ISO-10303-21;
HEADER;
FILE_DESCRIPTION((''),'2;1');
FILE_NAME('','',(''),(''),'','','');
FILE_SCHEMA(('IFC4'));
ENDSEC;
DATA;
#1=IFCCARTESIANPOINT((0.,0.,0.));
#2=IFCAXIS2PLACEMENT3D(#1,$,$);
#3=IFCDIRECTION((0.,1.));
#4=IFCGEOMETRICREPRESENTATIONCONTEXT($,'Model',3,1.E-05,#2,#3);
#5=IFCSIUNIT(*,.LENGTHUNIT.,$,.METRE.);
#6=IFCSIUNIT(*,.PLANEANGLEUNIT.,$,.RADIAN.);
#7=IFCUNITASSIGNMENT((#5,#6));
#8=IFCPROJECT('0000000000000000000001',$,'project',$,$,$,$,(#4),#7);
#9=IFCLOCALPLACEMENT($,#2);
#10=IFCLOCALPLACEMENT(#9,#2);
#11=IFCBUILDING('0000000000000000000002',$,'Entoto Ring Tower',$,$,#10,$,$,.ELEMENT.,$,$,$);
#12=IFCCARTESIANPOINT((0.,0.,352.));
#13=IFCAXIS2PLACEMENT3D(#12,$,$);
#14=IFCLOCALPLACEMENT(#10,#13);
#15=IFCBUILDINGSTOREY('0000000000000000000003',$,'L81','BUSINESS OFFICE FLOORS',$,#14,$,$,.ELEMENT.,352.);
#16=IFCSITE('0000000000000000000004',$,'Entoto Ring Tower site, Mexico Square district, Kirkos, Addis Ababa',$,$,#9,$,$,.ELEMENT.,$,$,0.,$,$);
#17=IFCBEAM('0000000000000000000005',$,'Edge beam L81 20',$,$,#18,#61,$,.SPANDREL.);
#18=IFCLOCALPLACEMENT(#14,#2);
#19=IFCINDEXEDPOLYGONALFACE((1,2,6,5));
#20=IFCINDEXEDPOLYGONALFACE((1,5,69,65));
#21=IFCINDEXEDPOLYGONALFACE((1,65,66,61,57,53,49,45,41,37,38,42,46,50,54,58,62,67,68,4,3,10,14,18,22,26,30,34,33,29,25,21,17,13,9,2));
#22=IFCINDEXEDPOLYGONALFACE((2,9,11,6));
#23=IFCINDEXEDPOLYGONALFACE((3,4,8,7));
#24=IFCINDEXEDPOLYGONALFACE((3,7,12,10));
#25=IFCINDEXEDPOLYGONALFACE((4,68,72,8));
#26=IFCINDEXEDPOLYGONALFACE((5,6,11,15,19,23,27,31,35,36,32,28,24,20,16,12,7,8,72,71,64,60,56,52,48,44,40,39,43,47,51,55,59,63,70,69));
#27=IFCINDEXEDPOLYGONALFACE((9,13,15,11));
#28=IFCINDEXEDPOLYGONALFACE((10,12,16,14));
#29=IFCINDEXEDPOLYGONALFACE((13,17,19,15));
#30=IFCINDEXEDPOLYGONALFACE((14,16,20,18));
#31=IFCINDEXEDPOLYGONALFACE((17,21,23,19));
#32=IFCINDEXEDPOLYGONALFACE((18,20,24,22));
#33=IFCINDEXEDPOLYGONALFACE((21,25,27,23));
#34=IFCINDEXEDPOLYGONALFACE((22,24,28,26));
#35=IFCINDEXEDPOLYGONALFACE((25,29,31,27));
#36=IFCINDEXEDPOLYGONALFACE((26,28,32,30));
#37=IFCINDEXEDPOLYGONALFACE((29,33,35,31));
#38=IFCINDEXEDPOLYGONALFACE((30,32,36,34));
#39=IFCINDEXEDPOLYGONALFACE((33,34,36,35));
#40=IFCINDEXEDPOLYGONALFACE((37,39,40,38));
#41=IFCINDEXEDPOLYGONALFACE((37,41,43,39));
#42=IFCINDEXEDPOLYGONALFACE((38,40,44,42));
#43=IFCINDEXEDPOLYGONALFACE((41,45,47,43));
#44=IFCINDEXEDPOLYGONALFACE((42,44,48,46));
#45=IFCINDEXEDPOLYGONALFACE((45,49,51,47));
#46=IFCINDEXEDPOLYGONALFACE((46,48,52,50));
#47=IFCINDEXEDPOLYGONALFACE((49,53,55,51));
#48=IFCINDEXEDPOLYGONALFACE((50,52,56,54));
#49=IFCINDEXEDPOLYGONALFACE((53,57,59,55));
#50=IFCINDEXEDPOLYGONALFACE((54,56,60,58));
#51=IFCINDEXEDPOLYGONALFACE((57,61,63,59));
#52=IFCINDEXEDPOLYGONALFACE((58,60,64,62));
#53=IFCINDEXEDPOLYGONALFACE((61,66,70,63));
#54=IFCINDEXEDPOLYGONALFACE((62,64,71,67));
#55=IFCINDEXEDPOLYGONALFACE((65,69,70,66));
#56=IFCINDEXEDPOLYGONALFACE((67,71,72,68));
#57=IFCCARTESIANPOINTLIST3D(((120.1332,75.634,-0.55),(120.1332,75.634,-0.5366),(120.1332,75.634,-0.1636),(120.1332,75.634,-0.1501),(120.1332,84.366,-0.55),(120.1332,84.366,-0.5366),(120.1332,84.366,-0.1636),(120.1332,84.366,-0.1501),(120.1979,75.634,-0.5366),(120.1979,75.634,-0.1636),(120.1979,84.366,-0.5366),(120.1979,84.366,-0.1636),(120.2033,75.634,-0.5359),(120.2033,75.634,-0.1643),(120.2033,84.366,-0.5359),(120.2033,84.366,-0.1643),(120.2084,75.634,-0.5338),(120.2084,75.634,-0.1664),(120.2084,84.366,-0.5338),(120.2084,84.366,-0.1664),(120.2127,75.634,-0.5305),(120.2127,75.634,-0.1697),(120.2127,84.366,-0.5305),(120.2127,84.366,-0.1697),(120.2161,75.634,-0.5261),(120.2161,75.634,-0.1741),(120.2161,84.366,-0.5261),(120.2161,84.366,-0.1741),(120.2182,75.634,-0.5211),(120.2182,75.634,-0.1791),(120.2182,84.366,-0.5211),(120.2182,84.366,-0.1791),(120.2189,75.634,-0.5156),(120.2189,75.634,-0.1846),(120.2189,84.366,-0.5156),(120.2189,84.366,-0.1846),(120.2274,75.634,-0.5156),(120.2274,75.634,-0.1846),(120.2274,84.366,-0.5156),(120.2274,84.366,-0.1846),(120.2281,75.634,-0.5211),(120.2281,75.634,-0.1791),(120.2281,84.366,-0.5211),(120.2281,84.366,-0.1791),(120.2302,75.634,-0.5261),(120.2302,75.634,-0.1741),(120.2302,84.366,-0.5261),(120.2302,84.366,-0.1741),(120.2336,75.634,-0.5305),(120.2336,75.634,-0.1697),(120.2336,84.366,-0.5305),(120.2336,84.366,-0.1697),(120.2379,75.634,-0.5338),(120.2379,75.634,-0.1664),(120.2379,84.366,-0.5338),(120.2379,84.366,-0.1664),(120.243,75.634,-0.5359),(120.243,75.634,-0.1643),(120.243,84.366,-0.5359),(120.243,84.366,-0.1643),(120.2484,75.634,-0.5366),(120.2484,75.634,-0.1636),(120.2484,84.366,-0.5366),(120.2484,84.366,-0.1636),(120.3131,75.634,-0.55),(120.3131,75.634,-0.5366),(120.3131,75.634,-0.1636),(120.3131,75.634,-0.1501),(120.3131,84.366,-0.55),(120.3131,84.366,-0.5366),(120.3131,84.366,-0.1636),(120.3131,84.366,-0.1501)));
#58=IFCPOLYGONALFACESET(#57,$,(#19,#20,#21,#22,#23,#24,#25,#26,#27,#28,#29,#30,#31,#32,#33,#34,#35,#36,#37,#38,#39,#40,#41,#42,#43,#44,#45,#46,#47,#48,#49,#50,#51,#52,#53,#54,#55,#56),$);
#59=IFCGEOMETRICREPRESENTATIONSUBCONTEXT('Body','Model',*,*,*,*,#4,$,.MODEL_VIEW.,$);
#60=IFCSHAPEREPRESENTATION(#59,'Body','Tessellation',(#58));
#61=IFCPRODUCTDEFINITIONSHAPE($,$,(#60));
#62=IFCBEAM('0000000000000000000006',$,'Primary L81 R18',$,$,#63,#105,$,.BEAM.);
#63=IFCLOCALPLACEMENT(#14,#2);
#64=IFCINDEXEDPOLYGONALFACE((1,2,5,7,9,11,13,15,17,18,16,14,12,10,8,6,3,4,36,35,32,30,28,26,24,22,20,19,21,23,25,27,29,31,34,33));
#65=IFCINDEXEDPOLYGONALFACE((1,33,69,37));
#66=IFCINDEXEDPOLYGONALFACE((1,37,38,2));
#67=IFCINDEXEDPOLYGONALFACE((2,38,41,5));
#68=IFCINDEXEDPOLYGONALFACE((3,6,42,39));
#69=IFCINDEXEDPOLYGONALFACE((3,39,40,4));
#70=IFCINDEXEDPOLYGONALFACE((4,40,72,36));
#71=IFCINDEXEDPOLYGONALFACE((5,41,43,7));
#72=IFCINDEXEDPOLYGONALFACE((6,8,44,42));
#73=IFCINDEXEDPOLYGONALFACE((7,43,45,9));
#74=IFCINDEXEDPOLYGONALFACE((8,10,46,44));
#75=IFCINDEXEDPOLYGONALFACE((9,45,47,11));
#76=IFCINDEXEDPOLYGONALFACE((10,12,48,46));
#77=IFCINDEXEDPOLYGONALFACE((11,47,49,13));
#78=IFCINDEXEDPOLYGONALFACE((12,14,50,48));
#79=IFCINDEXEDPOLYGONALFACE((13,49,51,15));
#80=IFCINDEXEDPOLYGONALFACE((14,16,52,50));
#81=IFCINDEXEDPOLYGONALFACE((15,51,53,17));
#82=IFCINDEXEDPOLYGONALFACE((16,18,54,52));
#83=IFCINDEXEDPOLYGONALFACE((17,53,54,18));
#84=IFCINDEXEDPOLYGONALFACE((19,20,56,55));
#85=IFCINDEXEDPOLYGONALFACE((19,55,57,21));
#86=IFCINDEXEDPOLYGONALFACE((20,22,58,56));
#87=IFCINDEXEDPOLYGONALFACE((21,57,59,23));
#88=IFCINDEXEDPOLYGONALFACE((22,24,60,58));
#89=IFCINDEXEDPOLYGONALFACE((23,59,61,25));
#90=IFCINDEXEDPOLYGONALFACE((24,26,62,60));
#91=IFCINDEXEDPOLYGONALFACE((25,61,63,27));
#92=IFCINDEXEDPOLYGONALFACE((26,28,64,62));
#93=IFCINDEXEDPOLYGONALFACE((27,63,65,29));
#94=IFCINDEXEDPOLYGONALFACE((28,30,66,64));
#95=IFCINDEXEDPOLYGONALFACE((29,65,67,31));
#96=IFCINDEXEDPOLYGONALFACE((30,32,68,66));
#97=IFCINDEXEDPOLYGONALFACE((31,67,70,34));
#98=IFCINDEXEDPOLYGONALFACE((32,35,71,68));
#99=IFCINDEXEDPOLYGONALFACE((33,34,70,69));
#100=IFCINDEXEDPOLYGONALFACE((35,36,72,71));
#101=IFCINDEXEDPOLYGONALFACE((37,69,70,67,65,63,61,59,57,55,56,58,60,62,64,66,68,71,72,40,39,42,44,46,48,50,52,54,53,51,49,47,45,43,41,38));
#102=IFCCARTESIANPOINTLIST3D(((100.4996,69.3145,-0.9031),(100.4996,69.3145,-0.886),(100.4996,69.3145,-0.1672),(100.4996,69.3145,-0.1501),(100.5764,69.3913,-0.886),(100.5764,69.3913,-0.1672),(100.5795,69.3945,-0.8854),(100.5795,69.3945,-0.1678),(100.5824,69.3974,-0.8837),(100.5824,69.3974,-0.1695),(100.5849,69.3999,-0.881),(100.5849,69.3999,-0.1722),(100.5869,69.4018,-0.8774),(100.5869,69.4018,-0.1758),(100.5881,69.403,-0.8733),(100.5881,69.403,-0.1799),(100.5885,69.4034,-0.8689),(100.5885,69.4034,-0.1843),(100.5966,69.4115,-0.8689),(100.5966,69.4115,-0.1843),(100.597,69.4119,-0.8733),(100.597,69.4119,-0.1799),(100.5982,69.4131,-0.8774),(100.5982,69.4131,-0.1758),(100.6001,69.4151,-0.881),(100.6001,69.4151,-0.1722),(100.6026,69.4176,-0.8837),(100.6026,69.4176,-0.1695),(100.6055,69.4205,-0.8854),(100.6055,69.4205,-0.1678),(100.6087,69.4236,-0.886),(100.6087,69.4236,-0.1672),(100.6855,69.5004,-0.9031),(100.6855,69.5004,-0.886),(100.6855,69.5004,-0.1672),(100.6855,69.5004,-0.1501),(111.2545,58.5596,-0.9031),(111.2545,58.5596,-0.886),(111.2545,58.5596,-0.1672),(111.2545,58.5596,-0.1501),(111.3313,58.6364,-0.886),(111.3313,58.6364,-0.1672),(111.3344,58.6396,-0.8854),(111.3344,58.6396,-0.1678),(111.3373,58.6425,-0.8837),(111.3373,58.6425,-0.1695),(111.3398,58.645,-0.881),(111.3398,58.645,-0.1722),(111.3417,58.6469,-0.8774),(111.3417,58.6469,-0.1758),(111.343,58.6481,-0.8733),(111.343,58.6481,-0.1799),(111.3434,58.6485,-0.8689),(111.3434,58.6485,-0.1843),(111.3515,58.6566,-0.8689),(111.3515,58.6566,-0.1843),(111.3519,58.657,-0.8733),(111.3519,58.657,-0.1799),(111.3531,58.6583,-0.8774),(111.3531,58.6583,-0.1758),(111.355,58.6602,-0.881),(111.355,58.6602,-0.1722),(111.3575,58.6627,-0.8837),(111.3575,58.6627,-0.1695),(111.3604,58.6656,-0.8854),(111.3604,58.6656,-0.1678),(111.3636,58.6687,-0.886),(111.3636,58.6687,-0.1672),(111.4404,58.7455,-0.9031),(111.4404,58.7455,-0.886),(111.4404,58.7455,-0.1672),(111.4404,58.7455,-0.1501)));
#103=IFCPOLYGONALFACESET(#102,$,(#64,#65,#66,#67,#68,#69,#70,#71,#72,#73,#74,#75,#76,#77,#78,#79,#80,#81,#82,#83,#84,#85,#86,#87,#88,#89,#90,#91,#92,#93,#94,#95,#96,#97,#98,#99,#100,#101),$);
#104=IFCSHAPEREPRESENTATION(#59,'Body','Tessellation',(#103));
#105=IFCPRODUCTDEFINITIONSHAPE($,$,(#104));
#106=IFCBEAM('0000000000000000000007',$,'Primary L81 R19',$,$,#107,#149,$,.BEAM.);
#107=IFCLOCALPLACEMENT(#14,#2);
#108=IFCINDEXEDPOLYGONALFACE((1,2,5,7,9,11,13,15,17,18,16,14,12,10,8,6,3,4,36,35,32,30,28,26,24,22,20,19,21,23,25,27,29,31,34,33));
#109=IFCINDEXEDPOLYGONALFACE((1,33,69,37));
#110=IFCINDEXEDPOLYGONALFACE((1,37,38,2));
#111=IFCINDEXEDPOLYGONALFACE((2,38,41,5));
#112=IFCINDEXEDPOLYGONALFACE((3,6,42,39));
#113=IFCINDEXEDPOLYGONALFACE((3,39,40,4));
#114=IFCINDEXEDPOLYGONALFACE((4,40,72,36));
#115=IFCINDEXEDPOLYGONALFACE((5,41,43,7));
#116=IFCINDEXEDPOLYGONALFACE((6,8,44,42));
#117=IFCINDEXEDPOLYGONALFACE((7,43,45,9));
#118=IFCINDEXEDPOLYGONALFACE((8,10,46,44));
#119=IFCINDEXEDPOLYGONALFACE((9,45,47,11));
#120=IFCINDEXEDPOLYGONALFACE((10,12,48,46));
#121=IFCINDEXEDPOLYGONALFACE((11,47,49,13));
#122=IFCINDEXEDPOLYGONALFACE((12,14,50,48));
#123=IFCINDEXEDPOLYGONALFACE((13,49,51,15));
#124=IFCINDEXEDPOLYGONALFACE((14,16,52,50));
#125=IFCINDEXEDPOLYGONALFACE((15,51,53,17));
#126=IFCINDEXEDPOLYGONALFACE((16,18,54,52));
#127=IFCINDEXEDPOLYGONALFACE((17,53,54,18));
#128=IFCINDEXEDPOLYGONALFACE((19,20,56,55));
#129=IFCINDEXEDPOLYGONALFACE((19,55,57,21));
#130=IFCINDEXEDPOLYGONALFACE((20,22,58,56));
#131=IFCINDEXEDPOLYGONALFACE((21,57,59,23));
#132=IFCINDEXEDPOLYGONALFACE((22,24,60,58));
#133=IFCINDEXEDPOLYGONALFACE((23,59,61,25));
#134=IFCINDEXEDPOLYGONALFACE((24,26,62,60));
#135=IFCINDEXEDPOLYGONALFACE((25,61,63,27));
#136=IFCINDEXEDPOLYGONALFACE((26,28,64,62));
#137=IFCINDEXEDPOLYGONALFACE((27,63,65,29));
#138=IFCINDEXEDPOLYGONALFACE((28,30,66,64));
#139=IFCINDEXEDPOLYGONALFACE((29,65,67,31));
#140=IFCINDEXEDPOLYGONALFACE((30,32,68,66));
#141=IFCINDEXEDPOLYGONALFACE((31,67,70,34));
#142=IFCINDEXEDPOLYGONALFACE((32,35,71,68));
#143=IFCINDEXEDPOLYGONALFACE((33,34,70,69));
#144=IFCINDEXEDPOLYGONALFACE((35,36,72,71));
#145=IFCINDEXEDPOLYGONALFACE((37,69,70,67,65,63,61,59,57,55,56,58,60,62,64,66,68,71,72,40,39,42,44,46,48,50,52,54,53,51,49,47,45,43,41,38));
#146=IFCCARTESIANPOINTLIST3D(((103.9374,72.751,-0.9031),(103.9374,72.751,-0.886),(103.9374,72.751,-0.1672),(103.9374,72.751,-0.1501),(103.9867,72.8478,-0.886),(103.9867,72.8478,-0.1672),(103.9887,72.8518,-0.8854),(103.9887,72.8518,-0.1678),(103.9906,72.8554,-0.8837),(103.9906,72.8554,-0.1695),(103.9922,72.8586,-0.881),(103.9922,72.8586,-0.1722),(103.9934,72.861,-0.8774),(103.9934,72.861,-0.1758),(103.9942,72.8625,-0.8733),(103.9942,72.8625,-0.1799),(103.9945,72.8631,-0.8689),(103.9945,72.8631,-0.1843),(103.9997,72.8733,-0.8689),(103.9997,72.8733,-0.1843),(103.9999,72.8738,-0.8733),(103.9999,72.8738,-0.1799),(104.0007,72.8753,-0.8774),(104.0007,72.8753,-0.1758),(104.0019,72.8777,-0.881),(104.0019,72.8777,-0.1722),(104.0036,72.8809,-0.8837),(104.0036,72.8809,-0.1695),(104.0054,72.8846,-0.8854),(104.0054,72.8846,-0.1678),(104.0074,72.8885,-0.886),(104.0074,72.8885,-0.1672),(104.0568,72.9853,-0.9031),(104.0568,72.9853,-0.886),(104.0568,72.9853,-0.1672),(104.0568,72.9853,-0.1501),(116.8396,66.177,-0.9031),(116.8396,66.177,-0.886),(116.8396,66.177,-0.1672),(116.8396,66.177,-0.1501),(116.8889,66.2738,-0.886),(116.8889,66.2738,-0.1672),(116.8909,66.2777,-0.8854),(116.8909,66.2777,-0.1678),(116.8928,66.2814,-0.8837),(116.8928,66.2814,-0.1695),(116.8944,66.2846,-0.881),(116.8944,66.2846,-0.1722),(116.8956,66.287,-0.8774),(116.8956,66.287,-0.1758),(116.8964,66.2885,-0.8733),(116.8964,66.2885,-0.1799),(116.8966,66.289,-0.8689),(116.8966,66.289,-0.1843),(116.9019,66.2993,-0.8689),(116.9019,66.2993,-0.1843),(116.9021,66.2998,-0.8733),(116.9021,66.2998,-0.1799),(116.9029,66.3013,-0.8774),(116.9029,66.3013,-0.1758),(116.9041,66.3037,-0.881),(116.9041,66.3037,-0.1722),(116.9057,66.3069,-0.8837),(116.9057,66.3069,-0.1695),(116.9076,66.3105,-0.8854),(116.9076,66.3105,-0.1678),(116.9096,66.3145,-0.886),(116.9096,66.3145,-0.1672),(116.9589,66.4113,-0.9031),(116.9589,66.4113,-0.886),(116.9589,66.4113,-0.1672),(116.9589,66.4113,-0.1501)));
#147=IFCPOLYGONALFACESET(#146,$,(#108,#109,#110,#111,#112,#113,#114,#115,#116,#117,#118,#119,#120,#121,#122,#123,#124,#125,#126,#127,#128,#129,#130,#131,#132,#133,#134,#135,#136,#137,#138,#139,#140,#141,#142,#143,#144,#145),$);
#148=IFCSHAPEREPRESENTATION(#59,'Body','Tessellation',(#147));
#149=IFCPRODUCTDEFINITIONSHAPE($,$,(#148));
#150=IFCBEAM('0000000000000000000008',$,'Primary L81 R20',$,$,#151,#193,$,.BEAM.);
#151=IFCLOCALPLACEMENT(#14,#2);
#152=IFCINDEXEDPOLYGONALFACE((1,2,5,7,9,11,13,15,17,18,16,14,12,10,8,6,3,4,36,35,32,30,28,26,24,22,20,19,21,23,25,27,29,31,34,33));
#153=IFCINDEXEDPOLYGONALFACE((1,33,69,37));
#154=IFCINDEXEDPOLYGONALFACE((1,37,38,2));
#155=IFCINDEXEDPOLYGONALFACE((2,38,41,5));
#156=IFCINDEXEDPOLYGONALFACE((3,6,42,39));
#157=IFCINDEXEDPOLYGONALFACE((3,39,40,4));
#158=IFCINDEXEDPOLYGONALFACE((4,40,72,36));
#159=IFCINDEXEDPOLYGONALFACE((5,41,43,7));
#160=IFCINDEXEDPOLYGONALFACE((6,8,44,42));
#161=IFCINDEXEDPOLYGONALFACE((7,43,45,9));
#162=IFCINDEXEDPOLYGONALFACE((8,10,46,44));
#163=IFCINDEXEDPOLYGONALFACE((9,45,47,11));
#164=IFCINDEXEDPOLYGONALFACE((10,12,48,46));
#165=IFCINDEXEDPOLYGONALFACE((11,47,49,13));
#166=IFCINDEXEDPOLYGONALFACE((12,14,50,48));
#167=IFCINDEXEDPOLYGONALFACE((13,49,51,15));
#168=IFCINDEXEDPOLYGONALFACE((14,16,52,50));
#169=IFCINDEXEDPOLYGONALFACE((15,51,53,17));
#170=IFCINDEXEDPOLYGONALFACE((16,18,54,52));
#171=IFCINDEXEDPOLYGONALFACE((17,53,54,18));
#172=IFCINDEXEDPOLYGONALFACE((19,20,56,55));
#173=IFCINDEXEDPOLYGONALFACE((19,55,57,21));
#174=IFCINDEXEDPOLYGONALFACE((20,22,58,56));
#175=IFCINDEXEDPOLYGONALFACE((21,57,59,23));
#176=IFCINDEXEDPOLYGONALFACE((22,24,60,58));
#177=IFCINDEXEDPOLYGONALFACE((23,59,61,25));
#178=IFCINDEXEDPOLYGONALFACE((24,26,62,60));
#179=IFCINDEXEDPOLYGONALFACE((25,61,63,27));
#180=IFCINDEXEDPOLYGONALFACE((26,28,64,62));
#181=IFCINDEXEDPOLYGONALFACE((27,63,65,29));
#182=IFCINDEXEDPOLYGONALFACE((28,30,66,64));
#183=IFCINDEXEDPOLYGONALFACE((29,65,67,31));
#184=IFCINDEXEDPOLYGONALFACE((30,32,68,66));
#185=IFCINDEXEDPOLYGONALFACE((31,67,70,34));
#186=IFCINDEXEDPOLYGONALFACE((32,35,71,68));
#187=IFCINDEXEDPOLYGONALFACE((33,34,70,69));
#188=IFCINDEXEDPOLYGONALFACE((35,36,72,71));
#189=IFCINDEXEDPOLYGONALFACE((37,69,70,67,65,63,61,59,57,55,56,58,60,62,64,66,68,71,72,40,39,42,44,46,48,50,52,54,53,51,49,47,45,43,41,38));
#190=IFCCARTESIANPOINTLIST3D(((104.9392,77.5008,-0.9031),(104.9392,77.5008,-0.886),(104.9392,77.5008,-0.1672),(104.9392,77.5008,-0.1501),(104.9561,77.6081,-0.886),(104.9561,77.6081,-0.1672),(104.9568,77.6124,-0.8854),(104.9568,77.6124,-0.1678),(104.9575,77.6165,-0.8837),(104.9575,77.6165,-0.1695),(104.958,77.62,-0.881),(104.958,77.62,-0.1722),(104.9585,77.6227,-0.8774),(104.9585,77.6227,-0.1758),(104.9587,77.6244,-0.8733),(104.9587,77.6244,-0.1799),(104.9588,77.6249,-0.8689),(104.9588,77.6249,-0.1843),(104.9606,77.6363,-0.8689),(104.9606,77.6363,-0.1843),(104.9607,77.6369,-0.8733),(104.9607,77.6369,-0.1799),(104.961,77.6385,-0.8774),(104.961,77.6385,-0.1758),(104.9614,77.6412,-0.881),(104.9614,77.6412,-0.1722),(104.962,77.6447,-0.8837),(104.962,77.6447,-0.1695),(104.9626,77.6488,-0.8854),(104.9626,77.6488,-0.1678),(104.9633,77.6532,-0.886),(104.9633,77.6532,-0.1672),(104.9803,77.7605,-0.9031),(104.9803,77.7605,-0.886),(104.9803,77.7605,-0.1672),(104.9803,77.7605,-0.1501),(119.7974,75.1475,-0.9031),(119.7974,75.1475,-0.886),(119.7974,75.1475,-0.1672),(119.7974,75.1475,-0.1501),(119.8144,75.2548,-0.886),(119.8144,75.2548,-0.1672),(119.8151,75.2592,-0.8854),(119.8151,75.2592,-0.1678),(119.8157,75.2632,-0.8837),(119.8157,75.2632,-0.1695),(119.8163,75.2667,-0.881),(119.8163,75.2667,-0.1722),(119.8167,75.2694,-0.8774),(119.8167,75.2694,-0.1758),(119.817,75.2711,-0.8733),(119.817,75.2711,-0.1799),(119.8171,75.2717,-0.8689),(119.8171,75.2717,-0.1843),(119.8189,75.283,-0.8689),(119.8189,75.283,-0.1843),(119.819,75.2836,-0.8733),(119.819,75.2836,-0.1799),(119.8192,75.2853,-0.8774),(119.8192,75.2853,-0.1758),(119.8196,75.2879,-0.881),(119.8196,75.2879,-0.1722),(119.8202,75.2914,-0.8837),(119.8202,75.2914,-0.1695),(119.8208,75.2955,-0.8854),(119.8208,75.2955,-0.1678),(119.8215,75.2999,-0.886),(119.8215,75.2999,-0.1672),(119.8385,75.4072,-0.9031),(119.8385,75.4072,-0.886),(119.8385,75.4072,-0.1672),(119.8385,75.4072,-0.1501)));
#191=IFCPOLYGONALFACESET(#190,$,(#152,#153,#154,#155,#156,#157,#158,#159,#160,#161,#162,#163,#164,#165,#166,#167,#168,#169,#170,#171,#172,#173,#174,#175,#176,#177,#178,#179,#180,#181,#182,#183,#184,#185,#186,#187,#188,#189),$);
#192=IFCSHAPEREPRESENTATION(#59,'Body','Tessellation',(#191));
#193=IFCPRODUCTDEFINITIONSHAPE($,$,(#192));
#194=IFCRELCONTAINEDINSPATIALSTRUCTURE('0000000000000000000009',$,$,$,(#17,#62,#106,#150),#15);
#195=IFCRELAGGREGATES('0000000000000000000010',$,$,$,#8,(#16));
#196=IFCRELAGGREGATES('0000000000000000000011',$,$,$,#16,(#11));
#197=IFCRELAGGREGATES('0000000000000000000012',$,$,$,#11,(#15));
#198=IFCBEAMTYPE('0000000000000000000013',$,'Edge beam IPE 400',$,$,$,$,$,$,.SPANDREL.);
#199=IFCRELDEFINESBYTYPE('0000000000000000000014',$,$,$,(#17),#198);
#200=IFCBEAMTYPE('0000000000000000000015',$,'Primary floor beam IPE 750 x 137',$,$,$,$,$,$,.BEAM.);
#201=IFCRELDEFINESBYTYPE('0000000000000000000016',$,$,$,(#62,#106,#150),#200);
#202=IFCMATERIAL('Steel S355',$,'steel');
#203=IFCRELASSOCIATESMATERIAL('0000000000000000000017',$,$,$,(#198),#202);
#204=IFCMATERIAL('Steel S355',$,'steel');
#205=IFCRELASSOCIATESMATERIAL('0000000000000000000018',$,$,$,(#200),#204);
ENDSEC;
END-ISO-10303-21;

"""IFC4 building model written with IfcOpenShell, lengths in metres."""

from ifc_helpers import new_model, si_unit, direction, frame, origin, origin_2d, place, context, subcontext, project, spatial, i_section, extrude, material, material_profile, profile_set, type_object, element, save


model = new_model("IFC4")

# Units and contexts
model_context = context("Model", 3, precision=1e-05, world=origin(), true_north=direction((0.0, 1.0)))
body_context = subcontext(model_context, "Body", "Model", "MODEL_VIEW")
ifc_project = project(units=[si_unit("LENGTHUNIT", "METRE"), si_unit("PLANEANGLEUNIT", "RADIAN")], contexts=[model_context])

# Site, building, storey
site_placement = place(None, origin())
site = spatial("IfcSite", under=ifc_project, at=site_placement, Name="Entoto Ring Tower site, Mexico Square district, Kirkos, Addis Ababa", CompositionType="ELEMENT", RefElevation=0.0)
building_placement = place(site_placement, origin())
building = spatial("IfcBuilding", under=site, at=building_placement, Name="Entoto Ring Tower", CompositionType="ELEMENT")
storey_placement = place(building_placement, frame((0.0, 0.0, 352.0)))
storey = spatial("IfcBuildingStorey", under=building, at=storey_placement, Name="L81", Description="BUSINESS OFFICE FLOORS", CompositionType="ELEMENT", Elevation=352.0)

# Beams
ifc_material_1 = material(Name="Steel S355", Category="steel")
ifc_material_profile_1 = material_profile(ifc_material_1, i_section(OverallWidth=0.1799, OverallDepth=0.3999, WebThickness=0.0085, FlangeThickness=0.0134, FilletRadius=0.021, at=origin_2d()), Name="IPE 400")
ifc_profile_set_1 = profile_set([ifc_material_profile_1], Name="Steel S355")
beam_type_1 = type_object("IfcBeamType", Name="Edge beam IPE 400", PredefinedType="SPANDREL", material=ifc_profile_set_1)
beam_1_placement = place(storey_placement, frame((120.2231, 75.634, -0.3501), z_axis=(0.0, 1.0, 0.0), x_axis=(-1.0, 0.0, 0.0)))
element("IfcBeam", 1, at=beam_1_placement, inside=storey, type_object=beam_type_1, Name="Edge beam L81 20", PredefinedType="SPANDREL", context=body_context, shape_type="SweptSolid", body=[
    extrude(i_section(OverallWidth=0.1799, OverallDepth=0.3999, WebThickness=0.0085, FlangeThickness=0.0134, FilletRadius=0.021, at=origin_2d()), origin(), (0.0, 0.0, 1.0), 8.7319),
])
ifc_material_2 = material(Name="Steel S355", Category="steel")
ifc_material_profile_2 = material_profile(ifc_material_2, i_section(OverallWidth=0.2629, OverallDepth=0.7529, WebThickness=0.0115, FlangeThickness=0.0171, FilletRadius=0.0171, at=origin_2d()), Name="IPE 750 x 137")
ifc_profile_set_2 = profile_set([ifc_material_profile_2], Name="Steel S355")
beam_type_2 = type_object("IfcBeamType", Name="Primary floor beam IPE 750 x 137", PredefinedType="BEAM", material=ifc_profile_set_2)
beam_2_placement = place(storey_placement, frame((100.5925, 69.4075, -0.5266), z_axis=(0.707107, -0.707107, 0.0), x_axis=(0.707107, 0.707107, 0.0)))
element("IfcBeam", 2, at=beam_2_placement, inside=storey, type_object=beam_type_2, Name="Primary L81 R18", PredefinedType="BEAM", context=body_context, shape_type="SweptSolid", body=[
    extrude(i_section(OverallWidth=0.2629, OverallDepth=0.7529, WebThickness=0.0115, FlangeThickness=0.0171, FilletRadius=0.0171, at=origin_2d()), origin(), (0.0, 0.0, 1.0), 15.2097),
])
beam_3_placement = place(storey_placement, frame((103.9971, 72.8682, -0.5266), z_axis=(0.891006, -0.453992, 0.0), x_axis=(0.453992, 0.891006, 0.0)))
element("IfcBeam", 3, at=beam_3_placement, inside=storey, type_object=beam_type_2, Name="Primary L81 R19", PredefinedType="BEAM", context=body_context, shape_type="SweptSolid", body=[
    extrude(i_section(OverallWidth=0.2629, OverallDepth=0.7529, WebThickness=0.0115, FlangeThickness=0.0171, FilletRadius=0.0171, at=origin_2d()), origin(), (0.0, 0.0, 1.0), 14.4805),
])
beam_4_placement = place(storey_placement, frame((104.9597, 77.6306, -0.5266), z_axis=(0.987689, -0.156433, 0.0), x_axis=(0.156433, 0.987689, 0.0)))
element("IfcBeam", 4, at=beam_4_placement, inside=storey, type_object=beam_type_2, Name="Primary L81 R20", PredefinedType="BEAM", context=body_context, shape_type="SweptSolid", body=[
    extrude(i_section(OverallWidth=0.2629, OverallDepth=0.7529, WebThickness=0.0115, FlangeThickness=0.0171, FilletRadius=0.0171, at=origin_2d()), origin(), (0.0, 0.0, 1.0), 15.0435),
])

save(model, "model.ifc")
